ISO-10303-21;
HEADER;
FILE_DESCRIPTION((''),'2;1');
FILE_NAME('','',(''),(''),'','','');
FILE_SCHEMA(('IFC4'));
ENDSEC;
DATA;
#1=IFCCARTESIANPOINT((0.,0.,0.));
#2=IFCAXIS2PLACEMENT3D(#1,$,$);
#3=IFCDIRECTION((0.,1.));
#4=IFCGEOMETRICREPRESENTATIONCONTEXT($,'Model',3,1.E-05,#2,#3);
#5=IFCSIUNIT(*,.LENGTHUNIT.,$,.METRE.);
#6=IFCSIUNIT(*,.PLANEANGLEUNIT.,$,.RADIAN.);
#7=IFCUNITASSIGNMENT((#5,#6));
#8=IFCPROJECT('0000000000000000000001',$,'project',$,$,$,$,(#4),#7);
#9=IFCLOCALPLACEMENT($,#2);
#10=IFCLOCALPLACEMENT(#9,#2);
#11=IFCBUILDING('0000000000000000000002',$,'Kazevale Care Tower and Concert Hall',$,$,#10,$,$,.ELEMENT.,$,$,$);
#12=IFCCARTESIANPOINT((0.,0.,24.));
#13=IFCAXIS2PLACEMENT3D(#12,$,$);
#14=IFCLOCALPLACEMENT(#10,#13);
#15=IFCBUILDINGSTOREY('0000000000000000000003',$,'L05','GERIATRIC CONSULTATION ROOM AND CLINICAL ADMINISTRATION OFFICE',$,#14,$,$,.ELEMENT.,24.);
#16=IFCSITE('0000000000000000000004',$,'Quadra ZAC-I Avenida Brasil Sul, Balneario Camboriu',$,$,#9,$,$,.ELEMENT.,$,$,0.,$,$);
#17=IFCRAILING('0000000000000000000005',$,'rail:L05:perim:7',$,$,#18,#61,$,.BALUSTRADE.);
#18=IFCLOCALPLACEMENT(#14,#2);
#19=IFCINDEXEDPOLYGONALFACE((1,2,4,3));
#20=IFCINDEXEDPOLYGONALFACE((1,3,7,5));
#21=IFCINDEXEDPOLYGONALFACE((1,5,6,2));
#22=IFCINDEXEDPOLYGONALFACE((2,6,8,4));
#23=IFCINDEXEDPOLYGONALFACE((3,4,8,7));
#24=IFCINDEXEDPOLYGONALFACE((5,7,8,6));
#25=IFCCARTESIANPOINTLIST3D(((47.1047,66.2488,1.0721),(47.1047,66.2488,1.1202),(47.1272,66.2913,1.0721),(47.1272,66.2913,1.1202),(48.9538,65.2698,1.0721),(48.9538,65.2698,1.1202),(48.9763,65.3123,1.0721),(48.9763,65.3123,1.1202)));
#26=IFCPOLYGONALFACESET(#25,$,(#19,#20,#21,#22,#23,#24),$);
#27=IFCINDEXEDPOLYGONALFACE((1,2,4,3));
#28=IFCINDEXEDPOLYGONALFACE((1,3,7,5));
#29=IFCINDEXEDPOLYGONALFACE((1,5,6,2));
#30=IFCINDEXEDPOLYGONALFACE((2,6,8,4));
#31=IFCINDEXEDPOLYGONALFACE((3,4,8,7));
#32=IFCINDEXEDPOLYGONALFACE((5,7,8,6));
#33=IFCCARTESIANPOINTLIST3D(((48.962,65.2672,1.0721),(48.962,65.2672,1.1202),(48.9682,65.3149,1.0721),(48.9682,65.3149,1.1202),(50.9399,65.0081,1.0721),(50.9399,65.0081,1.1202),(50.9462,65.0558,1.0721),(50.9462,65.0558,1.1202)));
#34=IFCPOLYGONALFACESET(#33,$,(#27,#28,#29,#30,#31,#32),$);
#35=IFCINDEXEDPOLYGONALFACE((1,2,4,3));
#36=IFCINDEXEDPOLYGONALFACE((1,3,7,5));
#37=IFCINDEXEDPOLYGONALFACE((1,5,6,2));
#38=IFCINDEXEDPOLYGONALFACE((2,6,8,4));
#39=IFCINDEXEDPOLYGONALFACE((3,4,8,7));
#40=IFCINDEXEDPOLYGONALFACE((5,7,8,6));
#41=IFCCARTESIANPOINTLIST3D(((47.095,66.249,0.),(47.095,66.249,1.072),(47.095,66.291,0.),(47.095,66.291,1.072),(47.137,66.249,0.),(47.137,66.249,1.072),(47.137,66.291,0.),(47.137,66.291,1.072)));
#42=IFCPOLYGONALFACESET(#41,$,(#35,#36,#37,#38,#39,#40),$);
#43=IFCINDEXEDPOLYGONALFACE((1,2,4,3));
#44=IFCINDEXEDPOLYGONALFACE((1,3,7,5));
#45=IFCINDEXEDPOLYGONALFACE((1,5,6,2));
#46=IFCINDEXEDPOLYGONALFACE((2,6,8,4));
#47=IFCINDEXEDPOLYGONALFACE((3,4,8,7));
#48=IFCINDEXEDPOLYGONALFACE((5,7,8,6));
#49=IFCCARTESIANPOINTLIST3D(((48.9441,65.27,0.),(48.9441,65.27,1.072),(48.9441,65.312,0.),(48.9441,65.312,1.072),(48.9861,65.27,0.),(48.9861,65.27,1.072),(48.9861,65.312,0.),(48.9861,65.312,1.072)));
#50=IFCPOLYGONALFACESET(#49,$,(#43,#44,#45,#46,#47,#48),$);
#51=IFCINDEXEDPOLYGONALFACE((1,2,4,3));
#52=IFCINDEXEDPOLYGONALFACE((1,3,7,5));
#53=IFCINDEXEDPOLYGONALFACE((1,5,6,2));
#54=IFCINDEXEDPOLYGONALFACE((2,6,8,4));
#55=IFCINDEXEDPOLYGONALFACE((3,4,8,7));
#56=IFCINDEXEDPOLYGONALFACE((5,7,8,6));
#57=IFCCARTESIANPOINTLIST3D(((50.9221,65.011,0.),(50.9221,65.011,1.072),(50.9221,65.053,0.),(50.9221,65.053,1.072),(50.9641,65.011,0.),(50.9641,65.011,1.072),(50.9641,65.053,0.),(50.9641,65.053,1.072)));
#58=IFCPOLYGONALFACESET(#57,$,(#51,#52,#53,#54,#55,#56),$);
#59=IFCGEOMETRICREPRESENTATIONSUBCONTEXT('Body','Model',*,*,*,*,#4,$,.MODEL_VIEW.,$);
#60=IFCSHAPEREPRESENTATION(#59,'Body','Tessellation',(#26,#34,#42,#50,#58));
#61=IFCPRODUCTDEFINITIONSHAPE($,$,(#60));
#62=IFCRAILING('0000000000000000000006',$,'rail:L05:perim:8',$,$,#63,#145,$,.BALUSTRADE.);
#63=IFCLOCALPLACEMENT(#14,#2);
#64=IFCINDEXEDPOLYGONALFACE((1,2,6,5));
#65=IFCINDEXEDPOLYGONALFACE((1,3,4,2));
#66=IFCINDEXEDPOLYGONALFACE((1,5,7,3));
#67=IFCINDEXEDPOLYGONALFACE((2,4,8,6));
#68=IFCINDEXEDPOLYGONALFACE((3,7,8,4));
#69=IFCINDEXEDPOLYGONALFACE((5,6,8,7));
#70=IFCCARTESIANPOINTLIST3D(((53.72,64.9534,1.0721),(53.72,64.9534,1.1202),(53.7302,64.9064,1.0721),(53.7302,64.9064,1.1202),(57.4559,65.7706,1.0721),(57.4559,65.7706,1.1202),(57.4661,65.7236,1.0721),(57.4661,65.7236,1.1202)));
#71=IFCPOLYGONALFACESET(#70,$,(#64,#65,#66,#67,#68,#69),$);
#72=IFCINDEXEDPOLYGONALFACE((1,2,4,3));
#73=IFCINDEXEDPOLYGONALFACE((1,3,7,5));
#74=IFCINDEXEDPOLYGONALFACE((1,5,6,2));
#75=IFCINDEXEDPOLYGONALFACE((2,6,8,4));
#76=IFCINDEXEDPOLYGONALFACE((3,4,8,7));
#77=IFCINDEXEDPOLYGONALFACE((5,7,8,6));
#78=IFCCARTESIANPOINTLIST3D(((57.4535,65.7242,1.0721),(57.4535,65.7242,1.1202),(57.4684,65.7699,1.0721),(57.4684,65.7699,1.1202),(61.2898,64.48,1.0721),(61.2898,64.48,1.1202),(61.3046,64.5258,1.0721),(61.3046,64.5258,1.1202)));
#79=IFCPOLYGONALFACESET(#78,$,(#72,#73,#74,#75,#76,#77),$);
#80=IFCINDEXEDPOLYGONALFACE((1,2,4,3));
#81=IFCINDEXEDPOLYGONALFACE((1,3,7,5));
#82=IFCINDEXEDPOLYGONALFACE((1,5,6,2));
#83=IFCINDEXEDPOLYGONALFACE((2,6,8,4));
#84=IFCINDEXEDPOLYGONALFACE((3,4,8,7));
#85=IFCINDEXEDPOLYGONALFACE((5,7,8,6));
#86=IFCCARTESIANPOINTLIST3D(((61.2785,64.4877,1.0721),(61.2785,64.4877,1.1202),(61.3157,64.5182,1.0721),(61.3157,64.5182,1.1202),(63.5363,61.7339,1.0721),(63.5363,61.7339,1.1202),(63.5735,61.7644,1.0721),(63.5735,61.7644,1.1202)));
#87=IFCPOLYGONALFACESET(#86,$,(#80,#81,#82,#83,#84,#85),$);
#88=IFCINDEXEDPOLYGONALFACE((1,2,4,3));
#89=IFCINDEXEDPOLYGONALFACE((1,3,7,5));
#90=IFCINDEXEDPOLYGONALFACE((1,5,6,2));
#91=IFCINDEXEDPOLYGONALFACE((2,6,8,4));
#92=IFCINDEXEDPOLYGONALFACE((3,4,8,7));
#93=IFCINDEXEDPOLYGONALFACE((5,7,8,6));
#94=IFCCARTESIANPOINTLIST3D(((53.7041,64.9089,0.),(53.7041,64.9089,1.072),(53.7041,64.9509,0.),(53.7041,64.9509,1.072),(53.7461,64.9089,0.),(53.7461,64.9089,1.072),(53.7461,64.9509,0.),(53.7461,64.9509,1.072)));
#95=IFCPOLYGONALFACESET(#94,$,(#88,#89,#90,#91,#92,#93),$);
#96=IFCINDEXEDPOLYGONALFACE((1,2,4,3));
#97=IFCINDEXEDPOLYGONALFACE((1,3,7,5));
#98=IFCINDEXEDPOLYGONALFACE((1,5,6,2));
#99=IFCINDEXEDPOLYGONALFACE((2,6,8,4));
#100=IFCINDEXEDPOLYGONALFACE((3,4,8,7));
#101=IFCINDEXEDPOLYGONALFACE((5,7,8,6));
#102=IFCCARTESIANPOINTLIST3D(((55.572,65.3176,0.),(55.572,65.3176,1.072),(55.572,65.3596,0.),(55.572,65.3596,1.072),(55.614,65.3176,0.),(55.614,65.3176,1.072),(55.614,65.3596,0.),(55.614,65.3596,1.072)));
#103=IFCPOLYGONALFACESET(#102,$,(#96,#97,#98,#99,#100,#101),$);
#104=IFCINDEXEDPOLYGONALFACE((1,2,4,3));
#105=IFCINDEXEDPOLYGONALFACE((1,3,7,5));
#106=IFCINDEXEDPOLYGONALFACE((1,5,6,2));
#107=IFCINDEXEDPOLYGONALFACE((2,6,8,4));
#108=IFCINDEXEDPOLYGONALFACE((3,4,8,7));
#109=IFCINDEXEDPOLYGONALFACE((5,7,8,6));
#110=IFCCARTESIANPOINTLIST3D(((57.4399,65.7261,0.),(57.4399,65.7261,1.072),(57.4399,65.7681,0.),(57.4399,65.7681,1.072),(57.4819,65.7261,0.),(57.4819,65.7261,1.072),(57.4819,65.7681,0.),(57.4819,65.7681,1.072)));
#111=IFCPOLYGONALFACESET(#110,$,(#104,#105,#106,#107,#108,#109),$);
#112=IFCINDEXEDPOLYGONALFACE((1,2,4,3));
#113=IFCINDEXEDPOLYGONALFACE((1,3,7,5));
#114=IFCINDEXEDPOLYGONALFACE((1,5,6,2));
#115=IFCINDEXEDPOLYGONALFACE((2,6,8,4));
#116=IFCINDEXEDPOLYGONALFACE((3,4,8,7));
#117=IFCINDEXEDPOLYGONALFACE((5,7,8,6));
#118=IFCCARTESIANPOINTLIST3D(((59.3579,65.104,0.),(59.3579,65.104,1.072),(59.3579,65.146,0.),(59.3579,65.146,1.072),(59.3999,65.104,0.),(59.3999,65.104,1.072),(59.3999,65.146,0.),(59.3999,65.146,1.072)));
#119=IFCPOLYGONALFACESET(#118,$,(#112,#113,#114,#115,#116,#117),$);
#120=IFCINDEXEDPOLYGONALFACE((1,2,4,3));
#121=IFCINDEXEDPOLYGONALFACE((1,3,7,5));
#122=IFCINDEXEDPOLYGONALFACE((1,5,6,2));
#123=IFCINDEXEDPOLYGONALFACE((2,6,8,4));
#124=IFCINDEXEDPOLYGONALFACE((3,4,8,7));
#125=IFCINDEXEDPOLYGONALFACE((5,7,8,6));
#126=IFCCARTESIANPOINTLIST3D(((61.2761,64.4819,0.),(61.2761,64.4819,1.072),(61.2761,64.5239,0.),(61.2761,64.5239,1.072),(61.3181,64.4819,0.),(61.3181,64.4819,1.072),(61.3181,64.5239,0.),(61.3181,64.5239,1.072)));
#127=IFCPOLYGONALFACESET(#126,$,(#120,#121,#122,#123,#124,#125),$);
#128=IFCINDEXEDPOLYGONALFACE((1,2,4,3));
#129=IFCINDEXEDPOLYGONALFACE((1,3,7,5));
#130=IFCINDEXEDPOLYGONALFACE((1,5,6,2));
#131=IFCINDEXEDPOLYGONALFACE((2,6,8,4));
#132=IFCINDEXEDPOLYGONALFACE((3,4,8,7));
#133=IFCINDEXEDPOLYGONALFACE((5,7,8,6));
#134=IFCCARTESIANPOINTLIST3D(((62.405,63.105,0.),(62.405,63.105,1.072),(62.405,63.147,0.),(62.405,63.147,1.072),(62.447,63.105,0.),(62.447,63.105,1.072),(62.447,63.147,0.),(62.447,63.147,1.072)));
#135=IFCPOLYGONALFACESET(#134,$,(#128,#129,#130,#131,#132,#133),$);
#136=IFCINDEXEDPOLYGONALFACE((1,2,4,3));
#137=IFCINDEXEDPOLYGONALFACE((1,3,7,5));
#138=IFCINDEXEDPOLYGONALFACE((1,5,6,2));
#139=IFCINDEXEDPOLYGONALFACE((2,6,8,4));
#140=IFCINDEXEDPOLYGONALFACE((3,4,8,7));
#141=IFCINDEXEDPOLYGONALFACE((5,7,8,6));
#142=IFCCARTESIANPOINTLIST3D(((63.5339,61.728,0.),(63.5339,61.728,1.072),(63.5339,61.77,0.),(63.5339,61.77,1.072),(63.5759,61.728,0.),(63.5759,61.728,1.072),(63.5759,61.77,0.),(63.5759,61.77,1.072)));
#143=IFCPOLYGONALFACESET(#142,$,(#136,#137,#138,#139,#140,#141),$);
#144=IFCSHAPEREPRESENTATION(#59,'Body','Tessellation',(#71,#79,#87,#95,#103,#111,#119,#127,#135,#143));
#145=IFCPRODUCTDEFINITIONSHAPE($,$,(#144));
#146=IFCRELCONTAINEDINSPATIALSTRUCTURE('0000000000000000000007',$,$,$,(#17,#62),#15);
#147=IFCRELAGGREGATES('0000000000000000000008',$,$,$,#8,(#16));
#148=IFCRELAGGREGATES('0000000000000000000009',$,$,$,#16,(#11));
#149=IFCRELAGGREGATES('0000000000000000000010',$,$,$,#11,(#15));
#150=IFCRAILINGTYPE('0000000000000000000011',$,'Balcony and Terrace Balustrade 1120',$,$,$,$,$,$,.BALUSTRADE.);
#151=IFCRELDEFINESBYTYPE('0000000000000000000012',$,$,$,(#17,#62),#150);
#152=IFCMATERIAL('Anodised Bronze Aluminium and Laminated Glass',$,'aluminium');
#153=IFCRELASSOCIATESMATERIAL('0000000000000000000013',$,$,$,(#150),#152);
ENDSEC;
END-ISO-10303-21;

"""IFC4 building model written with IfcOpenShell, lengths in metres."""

from ifc_helpers import new_model, si_unit, direction, frame, origin, origin_2d, place, context, subcontext, project, spatial, rectangle, extrude, material, type_object, element, save


model = new_model("IFC4")

# Units and contexts
model_context = context("Model", 3, precision=1e-05, world=origin(), true_north=direction((0.0, 1.0)))
body_context = subcontext(model_context, "Body", "Model", "MODEL_VIEW")
ifc_project = project(units=[si_unit("LENGTHUNIT", "METRE"), si_unit("PLANEANGLEUNIT", "RADIAN")], contexts=[model_context])

# Site, building, storey
site_placement = place(None, origin())
site = spatial("IfcSite", under=ifc_project, at=site_placement, Name="Quadra ZAC-I Avenida Brasil Sul, Balneario Camboriu", CompositionType="ELEMENT", RefElevation=0.0)
building_placement = place(site_placement, origin())
building = spatial("IfcBuilding", under=site, at=building_placement, Name="Kazevale Care Tower and Concert Hall", CompositionType="ELEMENT")
storey_placement = place(building_placement, frame((0.0, 0.0, 24.0)))
storey = spatial("IfcBuildingStorey", under=building, at=storey_placement, Name="L05", Description="GERIATRIC CONSULTATION ROOM AND CLINICAL ADMINISTRATION OFFICE", CompositionType="ELEMENT", Elevation=24.0)

# Railings
ifc_material_1 = material(Name="Anodised Bronze Aluminium and Laminated Glass", Category="aluminium")
railing_type = type_object("IfcRailingType", Name="Balcony and Terrace Balustrade 1120", PredefinedType="BALUSTRADE", material=ifc_material_1)
railing_1_placement = place(storey_placement, frame((47.116, 66.27, 0.0)))
element("IfcRailing", 1, at=railing_1_placement, inside=storey, type_object=railing_type, Name="rail:L05:perim:7", PredefinedType="BALUSTRADE", context=body_context, shape_type="SweptSolid", body=[
    extrude(rectangle(XDim=0.0481, YDim=0.0481, at=origin_2d()), frame((0.0, 0.0, 1.0962), z_axis=(0.883777, -0.467909, 0.0), x_axis=(0.467909, 0.883777, 0.0)), (0.0, 0.0, 1.0), 2.0923),
    extrude(rectangle(XDim=0.0481, YDim=0.0481, at=origin_2d()), frame((1.8491, -0.979, 1.0962), z_axis=(0.991534, -0.129847, 0.0), x_axis=(0.129847, 0.991534, 0.0)), (0.0, 0.0, 1.0), 1.9949),
    extrude(rectangle(XDim=0.042, YDim=0.042, at=origin_2d()), origin(), (0.0, 0.0, 1.0), 1.072),
    extrude(rectangle(XDim=0.042, YDim=0.042, at=origin_2d()), frame((1.8491, -0.979, 0.0)), (0.0, 0.0, 1.0), 1.072),
    extrude(rectangle(XDim=0.042, YDim=0.042, at=origin_2d()), frame((3.8271, -1.238, 0.0)), (0.0, 0.0, 1.0), 1.072),
])
railing_2_placement = place(storey_placement, frame((53.7251, 64.9299, 0.0)))
element("IfcRailing", 2, at=railing_2_placement, inside=storey, type_object=railing_type, Name="rail:L05:perim:8", PredefinedType="BALUSTRADE", context=body_context, shape_type="SweptSolid", body=[
    extrude(rectangle(XDim=0.0481, YDim=0.0481, at=origin_2d()), frame((0.0, 0.0, 1.0962), z_axis=(0.976904, 0.213678, 0.0), x_axis=(-0.213678, 0.976904, 0.0)), (0.0, 0.0, 1.0), 3.8242),
    extrude(rectangle(XDim=0.0481, YDim=0.0481, at=origin_2d()), frame((3.7358, 0.8171, 1.0962), z_axis=(0.951225, -0.308499, 0.0), x_axis=(0.308499, 0.951225, 0.0)), (0.0, 0.0, 1.0), 4.033),
    extrude(rectangle(XDim=0.0481, YDim=0.0481, at=origin_2d()), frame((7.572, -0.427, 1.0962), z_axis=(0.634014, -0.773322, 0.0), x_axis=(0.773322, 0.634014, 0.0)), (0.0, 0.0, 1.0), 3.561),
    extrude(rectangle(XDim=0.042, YDim=0.042, at=origin_2d()), origin(), (0.0, 0.0, 1.0), 1.072),
    extrude(rectangle(XDim=0.042, YDim=0.042, at=origin_2d()), frame((1.8679, 0.4087, 0.0)), (0.0, 0.0, 1.0), 1.072),
    extrude(rectangle(XDim=0.042, YDim=0.042, at=origin_2d()), frame((3.7358, 0.8171, 0.0)), (0.0, 0.0, 1.0), 1.072),
    extrude(rectangle(XDim=0.042, YDim=0.042, at=origin_2d()), frame((5.6538, 0.1951, 0.0)), (0.0, 0.0, 1.0), 1.072),
    extrude(rectangle(XDim=0.042, YDim=0.042, at=origin_2d()), frame((7.572, -0.427, 0.0)), (0.0, 0.0, 1.0), 1.072),
    extrude(rectangle(XDim=0.042, YDim=0.042, at=origin_2d()), frame((8.7009, -1.804, 0.0)), (0.0, 0.0, 1.0), 1.072),
    extrude(rectangle(XDim=0.042, YDim=0.042, at=origin_2d()), frame((9.8298, -3.1809, 0.0)), (0.0, 0.0, 1.0), 1.072),
])

save(model, "model.ifc")
